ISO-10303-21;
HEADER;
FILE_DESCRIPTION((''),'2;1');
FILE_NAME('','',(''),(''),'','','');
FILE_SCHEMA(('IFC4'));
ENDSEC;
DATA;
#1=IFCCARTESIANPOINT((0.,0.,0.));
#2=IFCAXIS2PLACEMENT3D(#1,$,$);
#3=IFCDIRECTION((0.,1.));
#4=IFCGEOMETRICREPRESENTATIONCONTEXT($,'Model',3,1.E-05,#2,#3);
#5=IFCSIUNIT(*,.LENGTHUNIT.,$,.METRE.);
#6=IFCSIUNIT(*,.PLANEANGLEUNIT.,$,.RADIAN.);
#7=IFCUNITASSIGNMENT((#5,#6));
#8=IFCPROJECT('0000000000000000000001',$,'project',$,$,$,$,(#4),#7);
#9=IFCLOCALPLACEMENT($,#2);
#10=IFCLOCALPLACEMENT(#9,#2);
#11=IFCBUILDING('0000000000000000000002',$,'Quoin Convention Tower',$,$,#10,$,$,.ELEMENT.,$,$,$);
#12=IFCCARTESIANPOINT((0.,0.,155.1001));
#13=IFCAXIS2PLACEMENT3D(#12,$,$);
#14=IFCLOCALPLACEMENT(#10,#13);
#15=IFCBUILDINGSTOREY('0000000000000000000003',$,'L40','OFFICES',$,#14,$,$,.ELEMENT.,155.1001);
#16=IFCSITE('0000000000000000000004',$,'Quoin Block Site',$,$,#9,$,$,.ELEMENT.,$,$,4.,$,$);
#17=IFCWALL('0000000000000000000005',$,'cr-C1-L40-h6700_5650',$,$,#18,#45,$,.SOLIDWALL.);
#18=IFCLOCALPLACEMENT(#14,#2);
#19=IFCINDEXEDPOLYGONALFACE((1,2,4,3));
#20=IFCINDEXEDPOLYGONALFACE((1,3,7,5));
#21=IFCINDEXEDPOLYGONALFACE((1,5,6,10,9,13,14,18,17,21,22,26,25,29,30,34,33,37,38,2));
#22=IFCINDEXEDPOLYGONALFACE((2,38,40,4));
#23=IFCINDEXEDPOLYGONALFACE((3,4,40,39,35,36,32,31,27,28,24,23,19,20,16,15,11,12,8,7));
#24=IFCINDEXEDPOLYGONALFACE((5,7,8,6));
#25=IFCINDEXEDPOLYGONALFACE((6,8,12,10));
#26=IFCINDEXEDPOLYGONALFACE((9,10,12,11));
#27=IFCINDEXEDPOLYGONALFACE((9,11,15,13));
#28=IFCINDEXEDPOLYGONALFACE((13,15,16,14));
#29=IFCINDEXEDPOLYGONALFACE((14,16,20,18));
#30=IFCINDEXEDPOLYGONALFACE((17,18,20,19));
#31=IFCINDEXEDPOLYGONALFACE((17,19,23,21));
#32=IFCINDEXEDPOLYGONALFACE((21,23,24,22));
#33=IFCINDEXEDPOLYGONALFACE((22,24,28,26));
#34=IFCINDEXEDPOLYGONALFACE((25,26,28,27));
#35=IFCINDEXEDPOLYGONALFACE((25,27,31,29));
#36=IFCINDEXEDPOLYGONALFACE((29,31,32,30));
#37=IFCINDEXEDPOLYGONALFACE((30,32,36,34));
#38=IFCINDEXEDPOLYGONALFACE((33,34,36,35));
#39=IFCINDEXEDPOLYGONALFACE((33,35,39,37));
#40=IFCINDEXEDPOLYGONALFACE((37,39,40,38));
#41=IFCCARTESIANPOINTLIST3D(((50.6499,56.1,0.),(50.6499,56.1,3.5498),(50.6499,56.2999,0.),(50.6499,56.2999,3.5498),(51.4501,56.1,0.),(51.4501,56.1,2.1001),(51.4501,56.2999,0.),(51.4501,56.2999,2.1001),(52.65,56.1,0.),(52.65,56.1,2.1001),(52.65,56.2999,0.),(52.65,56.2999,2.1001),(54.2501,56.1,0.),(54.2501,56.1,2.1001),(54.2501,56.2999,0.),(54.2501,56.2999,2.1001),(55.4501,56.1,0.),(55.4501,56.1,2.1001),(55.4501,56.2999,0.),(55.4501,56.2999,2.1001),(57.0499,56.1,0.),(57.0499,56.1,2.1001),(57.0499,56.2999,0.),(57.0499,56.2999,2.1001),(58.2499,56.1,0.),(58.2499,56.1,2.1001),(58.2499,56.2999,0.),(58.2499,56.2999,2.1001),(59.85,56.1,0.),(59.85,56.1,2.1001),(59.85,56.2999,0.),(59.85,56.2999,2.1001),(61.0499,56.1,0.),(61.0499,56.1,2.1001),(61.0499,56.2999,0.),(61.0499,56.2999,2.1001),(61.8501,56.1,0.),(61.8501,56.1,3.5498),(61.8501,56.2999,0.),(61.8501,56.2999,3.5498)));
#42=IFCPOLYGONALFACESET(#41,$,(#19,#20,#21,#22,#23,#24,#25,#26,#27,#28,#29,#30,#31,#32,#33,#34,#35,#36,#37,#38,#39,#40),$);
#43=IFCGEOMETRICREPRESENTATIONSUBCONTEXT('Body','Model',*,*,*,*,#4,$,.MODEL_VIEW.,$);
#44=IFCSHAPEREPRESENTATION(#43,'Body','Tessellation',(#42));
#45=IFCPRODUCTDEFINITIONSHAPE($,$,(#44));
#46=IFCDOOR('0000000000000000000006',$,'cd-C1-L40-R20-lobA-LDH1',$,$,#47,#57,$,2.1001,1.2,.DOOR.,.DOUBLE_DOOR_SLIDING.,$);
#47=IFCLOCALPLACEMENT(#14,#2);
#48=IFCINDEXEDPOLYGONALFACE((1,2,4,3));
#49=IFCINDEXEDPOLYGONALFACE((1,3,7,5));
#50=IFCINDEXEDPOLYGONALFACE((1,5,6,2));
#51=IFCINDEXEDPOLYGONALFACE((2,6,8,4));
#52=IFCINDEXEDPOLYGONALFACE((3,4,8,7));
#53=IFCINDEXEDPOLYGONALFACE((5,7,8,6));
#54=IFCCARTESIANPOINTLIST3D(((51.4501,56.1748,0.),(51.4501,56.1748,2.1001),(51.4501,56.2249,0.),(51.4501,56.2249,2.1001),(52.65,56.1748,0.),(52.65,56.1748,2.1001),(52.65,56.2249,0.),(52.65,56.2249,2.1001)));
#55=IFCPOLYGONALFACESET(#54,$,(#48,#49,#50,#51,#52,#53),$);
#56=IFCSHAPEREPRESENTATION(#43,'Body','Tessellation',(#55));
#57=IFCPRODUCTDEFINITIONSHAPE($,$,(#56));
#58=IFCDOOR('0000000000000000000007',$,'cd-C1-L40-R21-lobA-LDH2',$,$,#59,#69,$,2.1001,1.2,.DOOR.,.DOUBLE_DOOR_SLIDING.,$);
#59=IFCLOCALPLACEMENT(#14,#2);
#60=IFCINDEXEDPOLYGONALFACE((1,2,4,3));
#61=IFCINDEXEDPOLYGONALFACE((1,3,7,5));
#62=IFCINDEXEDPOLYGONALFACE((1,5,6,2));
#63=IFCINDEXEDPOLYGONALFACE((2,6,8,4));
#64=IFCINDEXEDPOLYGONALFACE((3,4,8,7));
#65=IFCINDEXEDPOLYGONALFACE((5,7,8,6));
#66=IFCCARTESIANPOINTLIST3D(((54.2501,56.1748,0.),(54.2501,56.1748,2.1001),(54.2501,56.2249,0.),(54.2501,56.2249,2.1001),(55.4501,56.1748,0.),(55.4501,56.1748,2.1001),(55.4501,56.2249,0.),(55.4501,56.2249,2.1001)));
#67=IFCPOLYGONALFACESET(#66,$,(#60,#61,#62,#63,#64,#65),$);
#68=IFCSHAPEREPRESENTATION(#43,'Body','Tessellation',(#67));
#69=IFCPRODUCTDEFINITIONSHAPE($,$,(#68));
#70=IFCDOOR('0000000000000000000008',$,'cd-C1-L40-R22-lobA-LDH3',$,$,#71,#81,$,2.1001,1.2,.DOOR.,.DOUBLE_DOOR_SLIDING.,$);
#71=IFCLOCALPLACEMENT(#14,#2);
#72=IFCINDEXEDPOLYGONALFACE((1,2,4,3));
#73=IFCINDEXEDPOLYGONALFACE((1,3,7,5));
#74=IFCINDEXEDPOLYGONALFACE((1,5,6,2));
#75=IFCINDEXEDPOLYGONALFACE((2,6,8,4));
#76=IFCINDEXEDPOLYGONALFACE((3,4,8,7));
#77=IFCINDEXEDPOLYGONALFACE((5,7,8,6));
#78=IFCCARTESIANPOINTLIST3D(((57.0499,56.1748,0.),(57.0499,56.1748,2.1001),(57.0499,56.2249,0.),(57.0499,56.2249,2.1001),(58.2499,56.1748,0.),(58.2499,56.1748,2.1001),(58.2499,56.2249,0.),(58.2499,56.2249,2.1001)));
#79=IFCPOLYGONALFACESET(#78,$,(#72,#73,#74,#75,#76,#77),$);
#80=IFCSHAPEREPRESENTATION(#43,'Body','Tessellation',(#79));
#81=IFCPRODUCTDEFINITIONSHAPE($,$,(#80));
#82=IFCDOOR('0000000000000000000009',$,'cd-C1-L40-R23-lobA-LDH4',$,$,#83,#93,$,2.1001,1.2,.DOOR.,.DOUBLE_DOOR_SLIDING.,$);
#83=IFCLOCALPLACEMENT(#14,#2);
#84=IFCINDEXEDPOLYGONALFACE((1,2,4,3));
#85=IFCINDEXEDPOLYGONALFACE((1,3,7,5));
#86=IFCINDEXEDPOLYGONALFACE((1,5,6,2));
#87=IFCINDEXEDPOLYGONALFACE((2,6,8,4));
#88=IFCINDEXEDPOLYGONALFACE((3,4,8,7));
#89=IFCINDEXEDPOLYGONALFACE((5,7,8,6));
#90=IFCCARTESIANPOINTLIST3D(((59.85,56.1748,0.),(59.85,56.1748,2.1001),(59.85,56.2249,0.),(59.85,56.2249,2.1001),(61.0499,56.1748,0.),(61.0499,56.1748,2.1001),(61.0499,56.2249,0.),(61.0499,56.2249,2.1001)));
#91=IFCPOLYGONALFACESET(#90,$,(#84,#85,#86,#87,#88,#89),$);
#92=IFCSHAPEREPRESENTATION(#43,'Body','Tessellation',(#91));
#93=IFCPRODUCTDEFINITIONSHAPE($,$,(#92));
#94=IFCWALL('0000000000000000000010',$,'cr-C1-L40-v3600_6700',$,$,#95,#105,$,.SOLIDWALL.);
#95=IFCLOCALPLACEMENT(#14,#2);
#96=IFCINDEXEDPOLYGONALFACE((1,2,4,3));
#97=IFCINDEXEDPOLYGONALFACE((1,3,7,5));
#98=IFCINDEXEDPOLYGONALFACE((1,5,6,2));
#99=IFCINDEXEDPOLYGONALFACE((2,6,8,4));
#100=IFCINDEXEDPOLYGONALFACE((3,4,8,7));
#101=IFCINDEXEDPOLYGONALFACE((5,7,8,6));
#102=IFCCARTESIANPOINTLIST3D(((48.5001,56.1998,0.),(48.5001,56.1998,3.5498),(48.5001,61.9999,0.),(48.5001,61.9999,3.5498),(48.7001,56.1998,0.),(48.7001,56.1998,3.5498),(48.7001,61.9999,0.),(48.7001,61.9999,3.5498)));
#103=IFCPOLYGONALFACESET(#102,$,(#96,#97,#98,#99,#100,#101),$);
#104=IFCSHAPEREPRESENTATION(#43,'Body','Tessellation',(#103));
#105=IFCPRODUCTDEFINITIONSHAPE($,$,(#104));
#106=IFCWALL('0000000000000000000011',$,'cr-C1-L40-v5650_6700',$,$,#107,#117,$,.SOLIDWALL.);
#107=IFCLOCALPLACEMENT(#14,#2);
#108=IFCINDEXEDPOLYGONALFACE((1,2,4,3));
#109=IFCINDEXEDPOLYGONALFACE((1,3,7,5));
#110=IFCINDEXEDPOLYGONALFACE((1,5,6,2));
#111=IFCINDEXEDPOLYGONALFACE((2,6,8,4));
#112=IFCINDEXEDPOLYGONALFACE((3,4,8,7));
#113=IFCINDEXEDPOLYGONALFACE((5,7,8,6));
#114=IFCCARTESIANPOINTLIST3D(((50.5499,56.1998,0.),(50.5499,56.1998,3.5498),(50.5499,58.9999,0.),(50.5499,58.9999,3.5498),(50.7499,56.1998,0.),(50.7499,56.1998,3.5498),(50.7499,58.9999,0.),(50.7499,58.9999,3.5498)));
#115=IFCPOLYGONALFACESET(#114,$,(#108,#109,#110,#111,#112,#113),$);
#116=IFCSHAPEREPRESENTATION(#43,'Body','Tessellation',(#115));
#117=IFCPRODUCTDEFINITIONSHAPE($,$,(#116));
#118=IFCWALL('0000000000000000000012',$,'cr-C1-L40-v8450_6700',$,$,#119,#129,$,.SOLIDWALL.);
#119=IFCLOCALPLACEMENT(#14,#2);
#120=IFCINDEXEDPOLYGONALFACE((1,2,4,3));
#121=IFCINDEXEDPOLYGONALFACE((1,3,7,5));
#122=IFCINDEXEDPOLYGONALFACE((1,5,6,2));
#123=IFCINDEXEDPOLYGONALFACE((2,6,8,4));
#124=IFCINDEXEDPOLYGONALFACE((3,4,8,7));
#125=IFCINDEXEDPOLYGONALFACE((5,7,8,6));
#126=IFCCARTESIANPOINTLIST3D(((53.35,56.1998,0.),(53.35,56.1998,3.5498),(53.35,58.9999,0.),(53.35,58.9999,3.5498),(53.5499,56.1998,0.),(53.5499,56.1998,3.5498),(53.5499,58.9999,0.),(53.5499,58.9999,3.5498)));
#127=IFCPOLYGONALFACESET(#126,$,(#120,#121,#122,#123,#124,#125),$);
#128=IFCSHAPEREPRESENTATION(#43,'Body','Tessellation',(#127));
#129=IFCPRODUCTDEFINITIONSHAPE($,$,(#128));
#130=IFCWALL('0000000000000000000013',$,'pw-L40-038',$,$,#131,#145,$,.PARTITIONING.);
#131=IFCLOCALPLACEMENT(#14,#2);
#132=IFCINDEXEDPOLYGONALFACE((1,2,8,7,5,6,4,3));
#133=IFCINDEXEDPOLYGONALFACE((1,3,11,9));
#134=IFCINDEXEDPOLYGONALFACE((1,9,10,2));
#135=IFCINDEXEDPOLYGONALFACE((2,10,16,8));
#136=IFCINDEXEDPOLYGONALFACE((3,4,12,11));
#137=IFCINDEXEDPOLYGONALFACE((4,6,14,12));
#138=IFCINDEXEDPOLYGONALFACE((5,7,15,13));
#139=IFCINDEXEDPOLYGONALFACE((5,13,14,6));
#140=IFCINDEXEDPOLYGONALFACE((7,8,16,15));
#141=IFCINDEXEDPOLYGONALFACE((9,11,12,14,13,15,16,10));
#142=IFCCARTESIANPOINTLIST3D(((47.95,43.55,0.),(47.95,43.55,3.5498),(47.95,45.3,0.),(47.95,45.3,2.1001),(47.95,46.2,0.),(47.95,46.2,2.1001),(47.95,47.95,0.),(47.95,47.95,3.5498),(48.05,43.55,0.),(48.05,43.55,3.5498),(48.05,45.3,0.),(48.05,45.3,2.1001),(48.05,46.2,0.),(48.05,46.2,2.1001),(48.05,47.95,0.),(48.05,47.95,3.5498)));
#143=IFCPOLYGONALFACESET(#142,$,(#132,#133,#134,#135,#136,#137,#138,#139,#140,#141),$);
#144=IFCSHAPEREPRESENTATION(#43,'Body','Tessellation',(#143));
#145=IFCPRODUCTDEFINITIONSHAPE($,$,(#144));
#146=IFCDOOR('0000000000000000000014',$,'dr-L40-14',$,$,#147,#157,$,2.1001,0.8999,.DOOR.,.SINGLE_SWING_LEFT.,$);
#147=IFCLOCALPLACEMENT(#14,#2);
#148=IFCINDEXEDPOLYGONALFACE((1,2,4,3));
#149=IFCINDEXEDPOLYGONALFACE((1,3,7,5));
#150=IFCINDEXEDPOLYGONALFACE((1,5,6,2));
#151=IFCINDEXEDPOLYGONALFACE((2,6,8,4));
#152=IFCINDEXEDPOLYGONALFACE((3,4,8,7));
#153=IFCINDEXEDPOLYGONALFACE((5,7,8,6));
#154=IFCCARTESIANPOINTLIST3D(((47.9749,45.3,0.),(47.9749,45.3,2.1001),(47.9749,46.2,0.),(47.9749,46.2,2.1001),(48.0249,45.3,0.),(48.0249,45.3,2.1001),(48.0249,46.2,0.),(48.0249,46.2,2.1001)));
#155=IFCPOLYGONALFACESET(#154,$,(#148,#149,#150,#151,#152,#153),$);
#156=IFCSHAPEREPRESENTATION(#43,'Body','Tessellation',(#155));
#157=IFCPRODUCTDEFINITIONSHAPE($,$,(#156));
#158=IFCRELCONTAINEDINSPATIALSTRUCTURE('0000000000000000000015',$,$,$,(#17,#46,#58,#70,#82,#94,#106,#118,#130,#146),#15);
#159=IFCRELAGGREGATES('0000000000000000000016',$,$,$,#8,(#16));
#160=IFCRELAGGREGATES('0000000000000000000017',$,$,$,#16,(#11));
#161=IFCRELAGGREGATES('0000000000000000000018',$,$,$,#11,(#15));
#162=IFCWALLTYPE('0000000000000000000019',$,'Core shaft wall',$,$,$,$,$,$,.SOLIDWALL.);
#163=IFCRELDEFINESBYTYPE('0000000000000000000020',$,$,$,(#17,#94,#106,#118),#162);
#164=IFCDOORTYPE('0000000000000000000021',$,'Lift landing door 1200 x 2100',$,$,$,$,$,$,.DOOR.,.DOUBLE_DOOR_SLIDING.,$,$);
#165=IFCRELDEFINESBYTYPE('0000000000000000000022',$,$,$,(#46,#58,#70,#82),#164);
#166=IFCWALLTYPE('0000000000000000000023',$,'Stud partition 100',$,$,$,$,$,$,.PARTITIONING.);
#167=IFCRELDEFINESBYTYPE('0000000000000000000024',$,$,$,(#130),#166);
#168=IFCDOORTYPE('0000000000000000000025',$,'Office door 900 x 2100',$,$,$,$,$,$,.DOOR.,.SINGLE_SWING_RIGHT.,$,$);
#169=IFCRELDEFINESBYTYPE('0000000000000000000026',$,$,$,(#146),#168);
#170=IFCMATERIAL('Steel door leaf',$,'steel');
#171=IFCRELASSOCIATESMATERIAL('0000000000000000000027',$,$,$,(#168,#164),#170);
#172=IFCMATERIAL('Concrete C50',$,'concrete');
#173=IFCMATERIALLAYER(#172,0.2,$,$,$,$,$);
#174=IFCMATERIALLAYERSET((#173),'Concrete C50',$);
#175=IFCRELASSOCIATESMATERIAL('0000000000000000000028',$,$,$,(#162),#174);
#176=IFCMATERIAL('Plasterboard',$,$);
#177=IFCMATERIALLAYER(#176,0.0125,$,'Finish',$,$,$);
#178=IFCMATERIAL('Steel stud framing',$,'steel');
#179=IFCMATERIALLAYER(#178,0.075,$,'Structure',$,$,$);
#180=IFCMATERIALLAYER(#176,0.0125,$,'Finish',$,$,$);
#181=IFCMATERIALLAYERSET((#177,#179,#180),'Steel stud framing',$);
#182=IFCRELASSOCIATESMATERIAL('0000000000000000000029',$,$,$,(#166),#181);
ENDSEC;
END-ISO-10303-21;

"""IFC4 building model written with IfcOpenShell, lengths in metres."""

from ifc_helpers import new_model, si_unit, direction, frame, frame_2d, origin, place, context, subcontext, project, spatial, rectangle, extrude, material, layer, layer_set, type_object, element, fill, save


model = new_model("IFC4")

# Units and contexts
model_context = context("Model", 3, precision=1e-05, world=origin(), true_north=direction((0.0, 1.0)))
body_context = subcontext(model_context, "Body", "Model", "MODEL_VIEW")
ifc_project = project(units=[si_unit("LENGTHUNIT", "METRE"), si_unit("PLANEANGLEUNIT", "RADIAN")], contexts=[model_context])

# Site, building, storey
site_placement = place(None, origin())
site = spatial("IfcSite", under=ifc_project, at=site_placement, Name="Quoin Block Site", CompositionType="ELEMENT", RefElevation=4.0)
building_placement = place(site_placement, origin())
building = spatial("IfcBuilding", under=site, at=building_placement, Name="Quoin Convention Tower", CompositionType="ELEMENT")
storey_placement = place(building_placement, frame((0.0, 0.0, 155.1001)))
storey = spatial("IfcBuildingStorey", under=building, at=storey_placement, Name="L40", Description="OFFICES", CompositionType="ELEMENT", Elevation=155.1001)

# Shared definitions
ifc_material_1 = material(Name="Concrete C50", Category="concrete")

# Shared definitions
ifc_material_2 = material(Name="Plasterboard")
ifc_material_3 = material(Name="Steel stud framing", Category="steel")

# Shared definitions
ifc_material_4 = material(Name="Steel door leaf", Category="steel")
door_type_1 = type_object("IfcDoorType", Name="Office door 900 x 2100", OperationType="SINGLE_SWING_RIGHT", PredefinedType="DOOR", material=ifc_material_4)

# Shared definitions
ifc_layer_1 = layer(ifc_material_1, 0.2)
ifc_layer_set_1 = layer_set([ifc_layer_1], Name="Concrete C50")
wall_type_1 = type_object("IfcWallType", Name="Core shaft wall", PredefinedType="SOLIDWALL", material=ifc_layer_set_1)

# Wall, openings, doors
wall_1_placement = place(storey_placement, frame((50.6499, 56.2, 0.0), z_axis=(0.0, 0.0, 1.0), x_axis=(1.0, 0.0, 0.0)))
wall_1 = element("IfcWall", 1, at=wall_1_placement, inside=storey, type_object=wall_type_1, Name="cr-C1-L40-h6700_5650", PredefinedType="SOLIDWALL", context=body_context, shape_type="SweptSolid", body=[
    extrude(rectangle(XDim=11.2002, YDim=0.2, at=frame_2d((5.6001, 0.0))), origin(), (0.0, 0.0, 1.0), 3.5498),
])
opening_1_placement = place(wall_1_placement, frame((0.8, 0.0, 0.0)))
opening_1 = element("IfcOpeningElement", 2, at=opening_1_placement, cuts=wall_1, PredefinedType="OPENING", context=body_context, shape_type="SweptSolid", body=[
    extrude(rectangle(XDim=1.2, YDim=2.1001, at=frame_2d((0.6001, 1.05))), frame((0.0, 0.1099, 0.0), z_axis=(0.0, -1.0, 0.0), x_axis=(1.0, 0.0, 0.0)), (0.0, 0.0, 1.0), 0.22),
])
opening_2_placement = place(wall_1_placement, frame((3.6001, 0.0, 0.0)))
opening_2 = element("IfcOpeningElement", 3, at=opening_2_placement, cuts=wall_1, PredefinedType="OPENING", context=body_context, shape_type="SweptSolid", body=[
    extrude(rectangle(XDim=1.2, YDim=2.1001, at=frame_2d((0.6001, 1.05))), frame((0.0, 0.1099, 0.0), z_axis=(0.0, -1.0, 0.0), x_axis=(1.0, 0.0, 0.0)), (0.0, 0.0, 1.0), 0.22),
])
opening_3_placement = place(wall_1_placement, frame((6.3999, 0.0, 0.0)))
opening_3 = element("IfcOpeningElement", 4, at=opening_3_placement, cuts=wall_1, PredefinedType="OPENING", context=body_context, shape_type="SweptSolid", body=[
    extrude(rectangle(XDim=1.2, YDim=2.1001, at=frame_2d((0.6001, 1.05))), frame((0.0, 0.1099, 0.0), z_axis=(0.0, -1.0, 0.0), x_axis=(1.0, 0.0, 0.0)), (0.0, 0.0, 1.0), 0.22),
])
opening_4_placement = place(wall_1_placement, frame((9.2, 0.0, 0.0)))
opening_4 = element("IfcOpeningElement", 5, at=opening_4_placement, cuts=wall_1, PredefinedType="OPENING", context=body_context, shape_type="SweptSolid", body=[
    extrude(rectangle(XDim=1.2, YDim=2.1001, at=frame_2d((0.6001, 1.05))), frame((0.0, 0.1099, 0.0), z_axis=(0.0, -1.0, 0.0), x_axis=(1.0, 0.0, 0.0)), (0.0, 0.0, 1.0), 0.22),
])
door_type_2 = type_object("IfcDoorType", Name="Lift landing door 1200 x 2100", OperationType="DOUBLE_DOOR_SLIDING", PredefinedType="DOOR", material=ifc_material_4)
door_1_placement = place(opening_1_placement, origin())
door_1 = element("IfcDoor", 6, at=door_1_placement, inside=storey, type_object=door_type_2, Name="cd-C1-L40-R20-lobA-LDH1", OperationType="DOUBLE_DOOR_SLIDING", OverallHeight=2.1001, OverallWidth=1.2, PredefinedType="DOOR", context=body_context, shape_type="SweptSolid", body=[
    extrude(rectangle(XDim=1.2, YDim=2.1001, at=frame_2d((0.6001, 1.05))), frame((0.0, 0.0249, 0.0), z_axis=(0.0, -1.0, 0.0), x_axis=(1.0, 0.0, 0.0)), (0.0, 0.0, 1.0), 0.05),
])
fill(opening_1, door_1)
door_2_placement = place(opening_2_placement, origin())
door_2 = element("IfcDoor", 7, at=door_2_placement, inside=storey, type_object=door_type_2, Name="cd-C1-L40-R21-lobA-LDH2", OperationType="DOUBLE_DOOR_SLIDING", OverallHeight=2.1001, OverallWidth=1.2, PredefinedType="DOOR", context=body_context, shape_type="SweptSolid", body=[
    extrude(rectangle(XDim=1.2, YDim=2.1001, at=frame_2d((0.6001, 1.05))), frame((0.0, 0.0249, 0.0), z_axis=(0.0, -1.0, 0.0), x_axis=(1.0, 0.0, 0.0)), (0.0, 0.0, 1.0), 0.05),
])
fill(opening_2, door_2)
door_3_placement = place(opening_3_placement, origin())
door_3 = element("IfcDoor", 8, at=door_3_placement, inside=storey, type_object=door_type_2, Name="cd-C1-L40-R22-lobA-LDH3", OperationType="DOUBLE_DOOR_SLIDING", OverallHeight=2.1001, OverallWidth=1.2, PredefinedType="DOOR", context=body_context, shape_type="SweptSolid", body=[
    extrude(rectangle(XDim=1.2, YDim=2.1001, at=frame_2d((0.6001, 1.05))), frame((0.0, 0.0249, 0.0), z_axis=(0.0, -1.0, 0.0), x_axis=(1.0, 0.0, 0.0)), (0.0, 0.0, 1.0), 0.05),
])
fill(opening_3, door_3)
door_4_placement = place(opening_4_placement, origin())
door_4 = element("IfcDoor", 9, at=door_4_placement, inside=storey, type_object=door_type_2, Name="cd-C1-L40-R23-lobA-LDH4", OperationType="DOUBLE_DOOR_SLIDING", OverallHeight=2.1001, OverallWidth=1.2, PredefinedType="DOOR", context=body_context, shape_type="SweptSolid", body=[
    extrude(rectangle(XDim=1.2, YDim=2.1001, at=frame_2d((0.6001, 1.05))), frame((0.0, 0.0249, 0.0), z_axis=(0.0, -1.0, 0.0), x_axis=(1.0, 0.0, 0.0)), (0.0, 0.0, 1.0), 0.05),
])
fill(opening_4, door_4)

# Walls
wall_2_placement = place(storey_placement, frame((48.6001, 56.2, 0.0), z_axis=(0.0, 0.0, 1.0), x_axis=(0.0, 1.0, 0.0)))
element("IfcWall", 10, at=wall_2_placement, inside=storey, type_object=wall_type_1, Name="cr-C1-L40-v3600_6700", PredefinedType="SOLIDWALL", context=body_context, shape_type="SweptSolid", body=[
    extrude(rectangle(XDim=5.8, YDim=0.2, at=frame_2d((2.8999, 0.0))), origin(), (0.0, 0.0, 1.0), 3.5498),
])
for number, where, z_axis, x_axis, name in (
    (11, (50.6499, 56.2, 0.0), (0.0, 0.0, 1.0), (0.0, 1.0, 0.0), "cr-C1-L40-v5650_6700"),
    (12, (53.45, 56.2, 0.0), (0.0, 0.0, 1.0), (0.0, 1.0, 0.0), "cr-C1-L40-v8450_6700"),
):
    element("IfcWall", number, at=place(storey_placement, frame(where, z_axis=z_axis, x_axis=x_axis)), inside=storey, type_object=wall_type_1, Name=name, PredefinedType="SOLIDWALL", context=body_context, shape_type="SweptSolid", body=[
        extrude(rectangle(XDim=2.8, YDim=0.2, at=frame_2d((1.3999, 0.0))), origin(), (0.0, 0.0, 1.0), 3.5498),
    ])

# Wall, opening, door
ifc_layer_2 = layer(ifc_material_2, 0.0125, Name="Finish")
ifc_layer_3 = layer(ifc_material_3, 0.075, Name="Structure")
ifc_layer_4 = layer(ifc_material_2, 0.0125, Name="Finish")
ifc_layer_set_2 = layer_set([ifc_layer_2, ifc_layer_3, ifc_layer_4], Name="Steel stud framing")
wall_type_2 = type_object("IfcWallType", Name="Stud partition 100", PredefinedType="PARTITIONING", material=ifc_layer_set_2)
wall_3_placement = place(storey_placement, frame((48.0, 43.55, 0.0), z_axis=(0.0, 0.0, 1.0), x_axis=(0.0, 1.0, 0.0)))
wall_3 = element("IfcWall", 13, at=wall_3_placement, inside=storey, type_object=wall_type_2, Name="pw-L40-038", PredefinedType="PARTITIONING", context=body_context, shape_type="SweptSolid", body=[
    extrude(rectangle(XDim=4.3999, YDim=0.1001, at=frame_2d((2.2, 0.0))), origin(), (0.0, 0.0, 1.0), 3.5498),
])
opening_5_placement = place(wall_3_placement, frame((1.75, 0.0, 0.0)))
opening_5 = element("IfcOpeningElement", 14, at=opening_5_placement, cuts=wall_3, PredefinedType="OPENING", context=body_context, shape_type="SweptSolid", body=[
    extrude(rectangle(XDim=0.8999, YDim=2.1001, at=frame_2d((0.45, 1.05))), frame((0.0, 0.0601, 0.0), z_axis=(0.0, -1.0, 0.0), x_axis=(1.0, 0.0, 0.0)), (0.0, 0.0, 1.0), 0.1201),
])
door_5_placement = place(opening_5_placement, frame((0.8999, 0.0, 0.0), z_axis=(0.0, 0.0, 1.0), x_axis=(-1.0, 0.0, 0.0)))
door_5 = element("IfcDoor", 15, at=door_5_placement, inside=storey, type_object=door_type_1, Name="dr-L40-14", OperationType="SINGLE_SWING_LEFT", OverallHeight=2.1001, OverallWidth=0.8999, PredefinedType="DOOR", context=body_context, shape_type="SweptSolid", body=[
    extrude(rectangle(XDim=0.8999, YDim=2.1001, at=frame_2d((0.45, 1.05))), frame((0.0, 0.0249, 0.0), z_axis=(0.0, -1.0, 0.0), x_axis=(1.0, 0.0, 0.0)), (0.0, 0.0, 1.0), 0.05),
])
fill(opening_5, door_5)

save(model, "model.ifc")
